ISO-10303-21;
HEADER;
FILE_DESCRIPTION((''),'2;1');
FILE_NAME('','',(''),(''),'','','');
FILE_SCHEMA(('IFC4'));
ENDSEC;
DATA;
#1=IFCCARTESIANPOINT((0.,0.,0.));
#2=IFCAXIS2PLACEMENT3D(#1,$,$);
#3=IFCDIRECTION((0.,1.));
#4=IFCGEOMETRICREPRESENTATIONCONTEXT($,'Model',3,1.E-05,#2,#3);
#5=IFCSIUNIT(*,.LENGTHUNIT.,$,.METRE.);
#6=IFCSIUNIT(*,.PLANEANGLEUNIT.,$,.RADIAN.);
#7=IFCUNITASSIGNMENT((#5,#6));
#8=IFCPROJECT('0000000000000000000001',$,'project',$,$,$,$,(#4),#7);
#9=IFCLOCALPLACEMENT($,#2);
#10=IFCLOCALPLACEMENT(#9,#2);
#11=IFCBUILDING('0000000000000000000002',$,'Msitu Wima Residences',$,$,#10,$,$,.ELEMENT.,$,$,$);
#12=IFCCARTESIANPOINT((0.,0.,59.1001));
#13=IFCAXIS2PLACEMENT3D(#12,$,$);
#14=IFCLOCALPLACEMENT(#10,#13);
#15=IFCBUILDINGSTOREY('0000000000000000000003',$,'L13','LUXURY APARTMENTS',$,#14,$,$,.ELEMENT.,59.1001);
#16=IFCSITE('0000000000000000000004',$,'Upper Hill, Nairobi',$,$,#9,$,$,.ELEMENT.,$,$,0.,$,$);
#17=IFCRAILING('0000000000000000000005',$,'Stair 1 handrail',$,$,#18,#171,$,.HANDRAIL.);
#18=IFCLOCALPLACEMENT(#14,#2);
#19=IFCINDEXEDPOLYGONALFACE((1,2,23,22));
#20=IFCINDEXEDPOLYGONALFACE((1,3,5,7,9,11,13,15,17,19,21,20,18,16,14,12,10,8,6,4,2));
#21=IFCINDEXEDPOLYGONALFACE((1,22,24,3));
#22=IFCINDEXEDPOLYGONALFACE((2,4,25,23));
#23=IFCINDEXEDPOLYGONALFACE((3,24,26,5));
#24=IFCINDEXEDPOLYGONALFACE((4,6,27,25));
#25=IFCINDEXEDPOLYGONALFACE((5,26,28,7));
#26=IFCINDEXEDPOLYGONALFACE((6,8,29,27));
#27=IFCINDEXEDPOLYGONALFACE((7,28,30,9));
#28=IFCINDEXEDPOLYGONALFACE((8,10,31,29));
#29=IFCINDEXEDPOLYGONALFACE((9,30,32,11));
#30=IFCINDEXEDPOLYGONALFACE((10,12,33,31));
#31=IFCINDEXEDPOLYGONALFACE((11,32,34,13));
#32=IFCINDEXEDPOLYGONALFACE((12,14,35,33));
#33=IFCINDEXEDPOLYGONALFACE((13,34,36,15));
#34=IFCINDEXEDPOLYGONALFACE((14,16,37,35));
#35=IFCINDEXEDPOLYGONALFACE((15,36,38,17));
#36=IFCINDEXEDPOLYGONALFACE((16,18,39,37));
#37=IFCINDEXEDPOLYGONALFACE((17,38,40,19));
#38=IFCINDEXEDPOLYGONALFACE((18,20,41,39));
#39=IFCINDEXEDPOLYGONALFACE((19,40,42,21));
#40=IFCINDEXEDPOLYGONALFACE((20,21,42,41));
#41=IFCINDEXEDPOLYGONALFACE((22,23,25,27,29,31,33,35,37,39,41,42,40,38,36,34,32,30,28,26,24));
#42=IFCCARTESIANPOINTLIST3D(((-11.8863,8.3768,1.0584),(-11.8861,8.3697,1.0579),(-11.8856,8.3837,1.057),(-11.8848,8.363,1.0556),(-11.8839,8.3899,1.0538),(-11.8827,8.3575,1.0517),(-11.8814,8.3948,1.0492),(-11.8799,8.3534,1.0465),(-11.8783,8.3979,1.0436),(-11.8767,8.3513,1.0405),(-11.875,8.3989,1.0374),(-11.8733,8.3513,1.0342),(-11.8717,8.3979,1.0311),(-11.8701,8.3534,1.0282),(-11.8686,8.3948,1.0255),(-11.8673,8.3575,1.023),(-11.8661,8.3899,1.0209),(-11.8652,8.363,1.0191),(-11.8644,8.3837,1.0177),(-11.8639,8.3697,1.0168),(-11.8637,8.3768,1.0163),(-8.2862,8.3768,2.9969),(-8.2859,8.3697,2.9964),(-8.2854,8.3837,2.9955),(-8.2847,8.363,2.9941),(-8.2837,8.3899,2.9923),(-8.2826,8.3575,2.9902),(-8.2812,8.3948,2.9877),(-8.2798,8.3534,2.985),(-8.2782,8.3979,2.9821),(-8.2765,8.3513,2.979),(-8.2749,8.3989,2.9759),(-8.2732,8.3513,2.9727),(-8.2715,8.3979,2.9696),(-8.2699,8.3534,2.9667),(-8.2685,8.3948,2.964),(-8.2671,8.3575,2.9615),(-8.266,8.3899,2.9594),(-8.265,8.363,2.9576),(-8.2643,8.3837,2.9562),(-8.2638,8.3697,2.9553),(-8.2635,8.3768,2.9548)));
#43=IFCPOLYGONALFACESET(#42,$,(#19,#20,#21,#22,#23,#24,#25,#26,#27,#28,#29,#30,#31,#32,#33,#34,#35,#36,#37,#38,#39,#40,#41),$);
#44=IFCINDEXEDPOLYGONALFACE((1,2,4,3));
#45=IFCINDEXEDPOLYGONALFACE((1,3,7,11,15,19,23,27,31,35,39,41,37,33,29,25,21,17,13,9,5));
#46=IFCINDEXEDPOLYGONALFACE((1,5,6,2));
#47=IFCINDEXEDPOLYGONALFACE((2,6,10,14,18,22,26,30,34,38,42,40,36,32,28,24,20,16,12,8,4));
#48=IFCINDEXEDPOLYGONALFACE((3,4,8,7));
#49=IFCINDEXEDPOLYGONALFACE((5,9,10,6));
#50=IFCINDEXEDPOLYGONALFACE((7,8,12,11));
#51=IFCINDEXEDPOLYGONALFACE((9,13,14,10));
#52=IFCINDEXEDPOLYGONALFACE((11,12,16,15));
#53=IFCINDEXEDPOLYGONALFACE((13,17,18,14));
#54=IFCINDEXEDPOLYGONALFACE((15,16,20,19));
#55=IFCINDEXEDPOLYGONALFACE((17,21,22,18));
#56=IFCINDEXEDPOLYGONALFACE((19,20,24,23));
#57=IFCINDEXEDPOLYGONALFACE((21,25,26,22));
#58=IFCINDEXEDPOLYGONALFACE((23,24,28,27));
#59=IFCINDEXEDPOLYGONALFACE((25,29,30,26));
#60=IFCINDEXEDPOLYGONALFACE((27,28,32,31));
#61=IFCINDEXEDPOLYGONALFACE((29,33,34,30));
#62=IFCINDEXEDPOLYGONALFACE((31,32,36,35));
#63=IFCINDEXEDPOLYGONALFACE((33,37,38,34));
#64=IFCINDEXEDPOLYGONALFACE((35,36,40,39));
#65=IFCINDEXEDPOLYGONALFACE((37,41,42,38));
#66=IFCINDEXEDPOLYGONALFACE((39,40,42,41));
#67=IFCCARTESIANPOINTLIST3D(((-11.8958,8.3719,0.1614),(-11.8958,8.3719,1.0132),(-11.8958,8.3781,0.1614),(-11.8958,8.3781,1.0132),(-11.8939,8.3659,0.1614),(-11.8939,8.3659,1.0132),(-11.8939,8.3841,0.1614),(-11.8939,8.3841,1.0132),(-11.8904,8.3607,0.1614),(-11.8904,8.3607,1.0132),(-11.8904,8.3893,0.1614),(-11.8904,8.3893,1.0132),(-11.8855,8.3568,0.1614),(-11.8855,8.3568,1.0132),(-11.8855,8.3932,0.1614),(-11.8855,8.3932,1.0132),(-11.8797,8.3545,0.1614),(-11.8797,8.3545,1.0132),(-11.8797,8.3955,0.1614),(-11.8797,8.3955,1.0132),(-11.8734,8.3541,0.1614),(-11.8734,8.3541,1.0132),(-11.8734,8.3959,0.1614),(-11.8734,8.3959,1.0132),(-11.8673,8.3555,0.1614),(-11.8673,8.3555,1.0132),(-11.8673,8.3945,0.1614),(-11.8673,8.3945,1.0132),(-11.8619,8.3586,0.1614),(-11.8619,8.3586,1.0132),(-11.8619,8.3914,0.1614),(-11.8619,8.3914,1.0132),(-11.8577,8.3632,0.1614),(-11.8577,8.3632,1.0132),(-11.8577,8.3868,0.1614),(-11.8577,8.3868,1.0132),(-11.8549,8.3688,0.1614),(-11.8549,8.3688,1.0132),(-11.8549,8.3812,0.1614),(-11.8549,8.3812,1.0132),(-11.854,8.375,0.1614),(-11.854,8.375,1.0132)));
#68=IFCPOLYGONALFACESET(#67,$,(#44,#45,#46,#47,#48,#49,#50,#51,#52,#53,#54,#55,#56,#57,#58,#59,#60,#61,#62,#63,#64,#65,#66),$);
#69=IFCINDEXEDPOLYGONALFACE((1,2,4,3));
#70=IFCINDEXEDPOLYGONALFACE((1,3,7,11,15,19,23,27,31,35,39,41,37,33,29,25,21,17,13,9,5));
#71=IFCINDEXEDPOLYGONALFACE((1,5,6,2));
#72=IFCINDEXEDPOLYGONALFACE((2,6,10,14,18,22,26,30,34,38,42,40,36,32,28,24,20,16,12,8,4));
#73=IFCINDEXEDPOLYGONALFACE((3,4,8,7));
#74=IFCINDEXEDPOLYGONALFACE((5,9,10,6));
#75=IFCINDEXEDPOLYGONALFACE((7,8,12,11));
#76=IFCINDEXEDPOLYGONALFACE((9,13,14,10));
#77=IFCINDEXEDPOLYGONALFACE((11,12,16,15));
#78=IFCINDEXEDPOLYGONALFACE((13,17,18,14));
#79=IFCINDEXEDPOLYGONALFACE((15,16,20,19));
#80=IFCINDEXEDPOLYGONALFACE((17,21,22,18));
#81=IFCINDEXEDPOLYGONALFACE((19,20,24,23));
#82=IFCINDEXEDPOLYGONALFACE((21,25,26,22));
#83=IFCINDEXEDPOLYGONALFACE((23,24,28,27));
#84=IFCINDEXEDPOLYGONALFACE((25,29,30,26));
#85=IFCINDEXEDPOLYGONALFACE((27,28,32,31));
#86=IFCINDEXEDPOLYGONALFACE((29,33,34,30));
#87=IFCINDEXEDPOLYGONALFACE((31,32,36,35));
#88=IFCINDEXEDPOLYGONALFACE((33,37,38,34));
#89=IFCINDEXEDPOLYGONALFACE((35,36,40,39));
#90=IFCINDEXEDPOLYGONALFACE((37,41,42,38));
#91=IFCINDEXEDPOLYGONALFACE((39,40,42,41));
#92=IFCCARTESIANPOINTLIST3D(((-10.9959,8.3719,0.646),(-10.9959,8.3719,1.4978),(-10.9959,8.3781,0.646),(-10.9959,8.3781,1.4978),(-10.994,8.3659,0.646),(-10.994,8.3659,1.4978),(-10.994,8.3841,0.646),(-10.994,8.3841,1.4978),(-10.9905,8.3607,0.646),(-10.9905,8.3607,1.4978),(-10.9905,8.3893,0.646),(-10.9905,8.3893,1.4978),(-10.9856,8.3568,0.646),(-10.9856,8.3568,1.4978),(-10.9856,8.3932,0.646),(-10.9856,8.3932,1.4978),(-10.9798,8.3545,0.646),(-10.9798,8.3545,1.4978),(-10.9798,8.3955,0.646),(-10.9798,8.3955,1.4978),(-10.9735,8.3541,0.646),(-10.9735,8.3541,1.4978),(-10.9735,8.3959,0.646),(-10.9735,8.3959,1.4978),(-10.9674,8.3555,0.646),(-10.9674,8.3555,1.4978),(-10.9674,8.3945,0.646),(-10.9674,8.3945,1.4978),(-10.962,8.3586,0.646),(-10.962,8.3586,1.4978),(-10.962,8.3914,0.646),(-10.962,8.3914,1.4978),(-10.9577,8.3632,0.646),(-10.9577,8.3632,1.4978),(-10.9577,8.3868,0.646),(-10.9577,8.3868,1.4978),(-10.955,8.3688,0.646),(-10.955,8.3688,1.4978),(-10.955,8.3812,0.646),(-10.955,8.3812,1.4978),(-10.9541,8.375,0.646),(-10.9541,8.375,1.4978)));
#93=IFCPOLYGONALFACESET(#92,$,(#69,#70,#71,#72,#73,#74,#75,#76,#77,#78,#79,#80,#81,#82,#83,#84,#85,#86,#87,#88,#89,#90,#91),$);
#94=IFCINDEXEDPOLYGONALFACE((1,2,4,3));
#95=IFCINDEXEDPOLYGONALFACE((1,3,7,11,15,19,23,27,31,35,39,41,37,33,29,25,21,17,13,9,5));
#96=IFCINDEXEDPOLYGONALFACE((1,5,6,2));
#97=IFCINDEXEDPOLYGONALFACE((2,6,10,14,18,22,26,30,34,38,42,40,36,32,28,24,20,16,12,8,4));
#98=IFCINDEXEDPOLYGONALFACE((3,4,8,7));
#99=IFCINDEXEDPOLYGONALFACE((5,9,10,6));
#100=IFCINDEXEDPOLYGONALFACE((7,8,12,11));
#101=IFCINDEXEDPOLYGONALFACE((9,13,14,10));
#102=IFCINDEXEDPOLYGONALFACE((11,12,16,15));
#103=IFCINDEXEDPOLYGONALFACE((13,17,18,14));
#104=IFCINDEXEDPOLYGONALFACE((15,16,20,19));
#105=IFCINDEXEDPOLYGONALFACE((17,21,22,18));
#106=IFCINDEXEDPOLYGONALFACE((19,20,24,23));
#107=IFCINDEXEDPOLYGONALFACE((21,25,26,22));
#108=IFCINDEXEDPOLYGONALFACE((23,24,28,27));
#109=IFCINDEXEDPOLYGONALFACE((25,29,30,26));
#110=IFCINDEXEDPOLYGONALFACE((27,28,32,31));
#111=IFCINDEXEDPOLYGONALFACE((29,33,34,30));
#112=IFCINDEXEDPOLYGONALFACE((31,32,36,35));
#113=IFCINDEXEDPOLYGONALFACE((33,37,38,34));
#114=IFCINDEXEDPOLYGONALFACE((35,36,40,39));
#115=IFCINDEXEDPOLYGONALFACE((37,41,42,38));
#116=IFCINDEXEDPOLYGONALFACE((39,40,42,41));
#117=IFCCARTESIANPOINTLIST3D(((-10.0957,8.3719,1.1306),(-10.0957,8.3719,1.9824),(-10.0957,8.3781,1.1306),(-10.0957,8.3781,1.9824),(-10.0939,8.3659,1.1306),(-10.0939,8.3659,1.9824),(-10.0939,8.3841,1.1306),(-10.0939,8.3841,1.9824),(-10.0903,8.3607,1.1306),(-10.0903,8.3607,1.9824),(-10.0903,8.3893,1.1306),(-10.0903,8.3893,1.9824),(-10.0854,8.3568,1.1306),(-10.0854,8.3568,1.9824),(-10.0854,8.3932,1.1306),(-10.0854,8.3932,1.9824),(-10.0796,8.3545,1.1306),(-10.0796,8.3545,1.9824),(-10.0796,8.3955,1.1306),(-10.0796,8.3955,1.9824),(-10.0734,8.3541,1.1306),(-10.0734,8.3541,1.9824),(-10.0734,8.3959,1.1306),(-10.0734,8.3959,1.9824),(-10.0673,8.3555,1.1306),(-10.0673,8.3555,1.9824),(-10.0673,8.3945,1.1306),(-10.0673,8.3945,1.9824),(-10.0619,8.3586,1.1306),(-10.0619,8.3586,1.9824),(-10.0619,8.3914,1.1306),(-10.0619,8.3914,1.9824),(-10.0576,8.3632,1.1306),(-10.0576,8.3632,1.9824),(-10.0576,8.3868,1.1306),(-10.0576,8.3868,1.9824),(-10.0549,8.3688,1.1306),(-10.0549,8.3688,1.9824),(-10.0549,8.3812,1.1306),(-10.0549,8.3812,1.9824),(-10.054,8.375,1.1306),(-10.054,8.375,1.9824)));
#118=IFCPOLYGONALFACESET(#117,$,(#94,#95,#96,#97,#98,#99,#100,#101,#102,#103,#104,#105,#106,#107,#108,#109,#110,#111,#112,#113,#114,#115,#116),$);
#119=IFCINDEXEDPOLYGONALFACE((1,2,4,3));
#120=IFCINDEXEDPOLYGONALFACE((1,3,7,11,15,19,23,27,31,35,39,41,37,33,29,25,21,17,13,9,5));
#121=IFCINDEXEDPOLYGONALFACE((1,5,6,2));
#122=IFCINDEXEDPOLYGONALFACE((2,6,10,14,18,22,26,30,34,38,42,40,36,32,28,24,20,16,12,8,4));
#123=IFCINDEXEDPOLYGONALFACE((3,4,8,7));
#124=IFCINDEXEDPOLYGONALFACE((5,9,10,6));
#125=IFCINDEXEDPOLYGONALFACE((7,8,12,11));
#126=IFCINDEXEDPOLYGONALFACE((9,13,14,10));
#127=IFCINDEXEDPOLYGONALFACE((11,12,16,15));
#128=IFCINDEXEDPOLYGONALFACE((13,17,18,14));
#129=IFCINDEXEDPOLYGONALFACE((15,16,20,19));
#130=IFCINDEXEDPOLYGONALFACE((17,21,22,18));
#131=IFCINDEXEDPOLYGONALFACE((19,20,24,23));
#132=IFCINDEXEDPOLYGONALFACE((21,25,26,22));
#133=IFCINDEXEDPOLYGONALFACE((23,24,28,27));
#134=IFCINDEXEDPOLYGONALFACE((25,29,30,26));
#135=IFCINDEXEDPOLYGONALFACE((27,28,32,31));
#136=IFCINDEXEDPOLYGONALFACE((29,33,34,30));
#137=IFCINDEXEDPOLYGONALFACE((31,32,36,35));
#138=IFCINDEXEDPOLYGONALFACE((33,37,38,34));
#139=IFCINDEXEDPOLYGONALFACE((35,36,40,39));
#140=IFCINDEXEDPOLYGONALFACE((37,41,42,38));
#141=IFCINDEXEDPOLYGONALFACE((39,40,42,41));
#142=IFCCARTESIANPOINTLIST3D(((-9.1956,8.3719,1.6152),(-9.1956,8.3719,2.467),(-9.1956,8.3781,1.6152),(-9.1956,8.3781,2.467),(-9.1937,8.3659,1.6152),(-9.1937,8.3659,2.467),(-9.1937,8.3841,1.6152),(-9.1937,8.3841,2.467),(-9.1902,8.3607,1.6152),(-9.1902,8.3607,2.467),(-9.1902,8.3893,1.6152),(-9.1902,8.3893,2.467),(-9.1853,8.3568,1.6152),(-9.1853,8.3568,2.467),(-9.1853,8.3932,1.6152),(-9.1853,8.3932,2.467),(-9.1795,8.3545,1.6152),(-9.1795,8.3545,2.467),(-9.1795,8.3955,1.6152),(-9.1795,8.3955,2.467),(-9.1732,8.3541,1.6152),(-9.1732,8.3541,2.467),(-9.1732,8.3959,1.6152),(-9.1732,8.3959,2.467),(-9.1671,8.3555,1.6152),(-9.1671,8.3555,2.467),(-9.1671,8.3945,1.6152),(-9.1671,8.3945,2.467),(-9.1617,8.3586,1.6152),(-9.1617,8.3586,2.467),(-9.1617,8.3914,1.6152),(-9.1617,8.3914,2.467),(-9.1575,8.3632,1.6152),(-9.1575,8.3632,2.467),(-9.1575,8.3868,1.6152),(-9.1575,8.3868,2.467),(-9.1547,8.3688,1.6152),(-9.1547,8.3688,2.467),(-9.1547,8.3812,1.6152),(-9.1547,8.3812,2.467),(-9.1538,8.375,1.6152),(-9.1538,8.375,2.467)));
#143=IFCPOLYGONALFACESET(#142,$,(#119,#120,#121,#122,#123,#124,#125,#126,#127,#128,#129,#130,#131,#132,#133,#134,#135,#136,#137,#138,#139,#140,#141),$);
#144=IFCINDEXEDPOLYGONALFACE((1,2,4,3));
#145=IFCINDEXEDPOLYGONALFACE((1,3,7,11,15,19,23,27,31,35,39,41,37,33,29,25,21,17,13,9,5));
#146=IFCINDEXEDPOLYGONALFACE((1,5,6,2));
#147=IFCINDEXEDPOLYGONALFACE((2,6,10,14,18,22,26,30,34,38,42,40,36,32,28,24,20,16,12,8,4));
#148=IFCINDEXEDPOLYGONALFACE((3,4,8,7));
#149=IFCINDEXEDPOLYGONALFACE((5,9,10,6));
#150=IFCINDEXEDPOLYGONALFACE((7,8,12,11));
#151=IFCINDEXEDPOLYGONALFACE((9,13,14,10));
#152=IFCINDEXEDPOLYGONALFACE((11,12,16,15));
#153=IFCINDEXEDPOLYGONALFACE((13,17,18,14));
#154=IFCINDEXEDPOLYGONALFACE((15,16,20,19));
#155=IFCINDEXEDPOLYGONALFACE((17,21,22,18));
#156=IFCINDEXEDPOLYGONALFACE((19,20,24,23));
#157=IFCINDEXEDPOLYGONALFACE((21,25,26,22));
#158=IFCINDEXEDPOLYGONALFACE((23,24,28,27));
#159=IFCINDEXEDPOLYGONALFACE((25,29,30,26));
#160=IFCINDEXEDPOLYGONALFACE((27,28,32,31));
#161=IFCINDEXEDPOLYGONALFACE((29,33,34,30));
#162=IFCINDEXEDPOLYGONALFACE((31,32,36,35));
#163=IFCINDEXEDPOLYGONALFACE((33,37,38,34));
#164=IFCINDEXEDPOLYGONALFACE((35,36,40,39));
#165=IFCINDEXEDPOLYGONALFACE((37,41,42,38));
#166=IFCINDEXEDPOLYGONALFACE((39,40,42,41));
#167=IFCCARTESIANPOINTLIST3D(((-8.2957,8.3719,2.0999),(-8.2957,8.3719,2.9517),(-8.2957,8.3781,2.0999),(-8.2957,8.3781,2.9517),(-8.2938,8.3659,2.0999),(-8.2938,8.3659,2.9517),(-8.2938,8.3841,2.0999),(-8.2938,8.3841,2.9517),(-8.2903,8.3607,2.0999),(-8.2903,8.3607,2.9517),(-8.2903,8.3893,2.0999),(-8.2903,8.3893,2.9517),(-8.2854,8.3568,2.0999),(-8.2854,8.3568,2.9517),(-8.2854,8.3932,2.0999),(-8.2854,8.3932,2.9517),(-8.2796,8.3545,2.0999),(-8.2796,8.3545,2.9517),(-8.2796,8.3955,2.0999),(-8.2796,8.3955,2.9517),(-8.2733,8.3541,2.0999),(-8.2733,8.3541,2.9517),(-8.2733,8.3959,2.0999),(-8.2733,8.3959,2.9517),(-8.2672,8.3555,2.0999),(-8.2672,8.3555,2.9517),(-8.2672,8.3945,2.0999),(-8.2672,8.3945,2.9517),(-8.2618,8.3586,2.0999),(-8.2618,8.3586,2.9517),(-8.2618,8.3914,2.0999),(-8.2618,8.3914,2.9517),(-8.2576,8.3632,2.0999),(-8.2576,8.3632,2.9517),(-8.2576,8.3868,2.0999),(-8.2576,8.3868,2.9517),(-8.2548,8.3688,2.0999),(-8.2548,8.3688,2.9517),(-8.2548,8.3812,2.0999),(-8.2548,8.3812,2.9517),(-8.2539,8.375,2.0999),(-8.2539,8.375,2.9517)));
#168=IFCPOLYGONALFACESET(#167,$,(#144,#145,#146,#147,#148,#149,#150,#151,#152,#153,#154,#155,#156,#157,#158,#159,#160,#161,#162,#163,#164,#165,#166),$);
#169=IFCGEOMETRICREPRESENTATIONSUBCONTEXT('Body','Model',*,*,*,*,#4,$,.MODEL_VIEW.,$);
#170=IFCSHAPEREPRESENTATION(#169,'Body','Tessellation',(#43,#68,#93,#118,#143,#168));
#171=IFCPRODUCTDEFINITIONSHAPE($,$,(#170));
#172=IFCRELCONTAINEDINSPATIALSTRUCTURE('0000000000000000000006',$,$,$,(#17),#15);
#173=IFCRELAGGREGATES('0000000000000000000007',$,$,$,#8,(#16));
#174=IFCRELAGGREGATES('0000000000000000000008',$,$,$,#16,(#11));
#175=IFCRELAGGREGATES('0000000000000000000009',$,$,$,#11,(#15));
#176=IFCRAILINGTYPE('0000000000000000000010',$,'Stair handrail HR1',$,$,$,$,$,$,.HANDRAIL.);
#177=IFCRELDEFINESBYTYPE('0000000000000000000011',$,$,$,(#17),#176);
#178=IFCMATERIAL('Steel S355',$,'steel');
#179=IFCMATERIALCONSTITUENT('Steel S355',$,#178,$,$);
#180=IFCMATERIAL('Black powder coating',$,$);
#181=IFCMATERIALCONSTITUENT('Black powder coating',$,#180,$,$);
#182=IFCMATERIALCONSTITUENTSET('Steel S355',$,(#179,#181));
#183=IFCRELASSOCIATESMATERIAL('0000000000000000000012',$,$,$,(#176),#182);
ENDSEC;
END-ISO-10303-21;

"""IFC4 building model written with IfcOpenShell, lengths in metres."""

from ifc_helpers import new_model, si_unit, direction, frame, origin, origin_2d, place, context, subcontext, project, spatial, circle, extrude, material, constituent, constituent_set, type_object, element, save


model = new_model("IFC4")

# Units and contexts
model_context = context("Model", 3, precision=1e-05, world=origin(), true_north=direction((0.0, 1.0)))
body_context = subcontext(model_context, "Body", "Model", "MODEL_VIEW")
ifc_project = project(units=[si_unit("LENGTHUNIT", "METRE"), si_unit("PLANEANGLEUNIT", "RADIAN")], contexts=[model_context])

# Site, building, storey
site_placement = place(None, origin())
site = spatial("IfcSite", under=ifc_project, at=site_placement, Name="Upper Hill, Nairobi", CompositionType="ELEMENT", RefElevation=0.0)
building_placement = place(site_placement, origin())
building = spatial("IfcBuilding", under=site, at=building_placement, Name="Msitu Wima Residences", CompositionType="ELEMENT")
storey_placement = place(building_placement, frame((0.0, 0.0, 59.1001)))
storey = spatial("IfcBuildingStorey", under=building, at=storey_placement, Name="L13", Description="LUXURY APARTMENTS", CompositionType="ELEMENT", Elevation=59.1001)

# Railing
ifc_material_1 = material(Name="Steel S355", Category="steel")
ifc_constituent_1 = constituent(ifc_material_1, Name="Steel S355")
ifc_material_2 = material(Name="Black powder coating")
ifc_constituent_2 = constituent(ifc_material_2, Name="Black powder coating")
ifc_constituent_set = constituent_set(constituents=[ifc_constituent_1, ifc_constituent_2], Name="Steel S355")
railing_type = type_object("IfcRailingType", Name="Stair handrail HR1", PredefinedType="HANDRAIL", material=ifc_constituent_set)
for number, where, name in (
    (1, (-11.875, 8.375, 0.1614), "Stair 1 handrail"),
):
    element("IfcRailing", number, at=place(storey_placement, frame(where)), inside=storey, type_object=railing_type, Name=name, PredefinedType="HANDRAIL", context=body_context, shape_type="SweptSolid", body=[
        extrude(circle(Radius=0.0239, at=origin_2d()), frame((0.0, 0.0, 0.876), z_axis=(0.880475, 0.0, 0.474093), x_axis=(0.0, 1.0, 0.0)), (0.0, 0.0, 1.0), 4.0889),
        extrude(circle(Radius=0.021, at=origin_2d()), origin(), (0.0, 0.0, 1.0), 0.8518),
        extrude(circle(Radius=0.021, at=origin_2d()), frame((0.8999, 0.0, 0.4846)), (0.0, 0.0, 1.0), 0.8518),
        extrude(circle(Radius=0.021, at=origin_2d()), frame((1.8, 0.0, 0.9692)), (0.0, 0.0, 1.0), 0.8518),
        extrude(circle(Radius=0.021, at=origin_2d()), frame((2.7002, 0.0, 1.4539)), (0.0, 0.0, 1.0), 0.8518),
        extrude(circle(Radius=0.021, at=origin_2d()), frame((3.6001, 0.0, 1.9385)), (0.0, 0.0, 1.0), 0.8518),
    ])

save(model, "model.ifc")
